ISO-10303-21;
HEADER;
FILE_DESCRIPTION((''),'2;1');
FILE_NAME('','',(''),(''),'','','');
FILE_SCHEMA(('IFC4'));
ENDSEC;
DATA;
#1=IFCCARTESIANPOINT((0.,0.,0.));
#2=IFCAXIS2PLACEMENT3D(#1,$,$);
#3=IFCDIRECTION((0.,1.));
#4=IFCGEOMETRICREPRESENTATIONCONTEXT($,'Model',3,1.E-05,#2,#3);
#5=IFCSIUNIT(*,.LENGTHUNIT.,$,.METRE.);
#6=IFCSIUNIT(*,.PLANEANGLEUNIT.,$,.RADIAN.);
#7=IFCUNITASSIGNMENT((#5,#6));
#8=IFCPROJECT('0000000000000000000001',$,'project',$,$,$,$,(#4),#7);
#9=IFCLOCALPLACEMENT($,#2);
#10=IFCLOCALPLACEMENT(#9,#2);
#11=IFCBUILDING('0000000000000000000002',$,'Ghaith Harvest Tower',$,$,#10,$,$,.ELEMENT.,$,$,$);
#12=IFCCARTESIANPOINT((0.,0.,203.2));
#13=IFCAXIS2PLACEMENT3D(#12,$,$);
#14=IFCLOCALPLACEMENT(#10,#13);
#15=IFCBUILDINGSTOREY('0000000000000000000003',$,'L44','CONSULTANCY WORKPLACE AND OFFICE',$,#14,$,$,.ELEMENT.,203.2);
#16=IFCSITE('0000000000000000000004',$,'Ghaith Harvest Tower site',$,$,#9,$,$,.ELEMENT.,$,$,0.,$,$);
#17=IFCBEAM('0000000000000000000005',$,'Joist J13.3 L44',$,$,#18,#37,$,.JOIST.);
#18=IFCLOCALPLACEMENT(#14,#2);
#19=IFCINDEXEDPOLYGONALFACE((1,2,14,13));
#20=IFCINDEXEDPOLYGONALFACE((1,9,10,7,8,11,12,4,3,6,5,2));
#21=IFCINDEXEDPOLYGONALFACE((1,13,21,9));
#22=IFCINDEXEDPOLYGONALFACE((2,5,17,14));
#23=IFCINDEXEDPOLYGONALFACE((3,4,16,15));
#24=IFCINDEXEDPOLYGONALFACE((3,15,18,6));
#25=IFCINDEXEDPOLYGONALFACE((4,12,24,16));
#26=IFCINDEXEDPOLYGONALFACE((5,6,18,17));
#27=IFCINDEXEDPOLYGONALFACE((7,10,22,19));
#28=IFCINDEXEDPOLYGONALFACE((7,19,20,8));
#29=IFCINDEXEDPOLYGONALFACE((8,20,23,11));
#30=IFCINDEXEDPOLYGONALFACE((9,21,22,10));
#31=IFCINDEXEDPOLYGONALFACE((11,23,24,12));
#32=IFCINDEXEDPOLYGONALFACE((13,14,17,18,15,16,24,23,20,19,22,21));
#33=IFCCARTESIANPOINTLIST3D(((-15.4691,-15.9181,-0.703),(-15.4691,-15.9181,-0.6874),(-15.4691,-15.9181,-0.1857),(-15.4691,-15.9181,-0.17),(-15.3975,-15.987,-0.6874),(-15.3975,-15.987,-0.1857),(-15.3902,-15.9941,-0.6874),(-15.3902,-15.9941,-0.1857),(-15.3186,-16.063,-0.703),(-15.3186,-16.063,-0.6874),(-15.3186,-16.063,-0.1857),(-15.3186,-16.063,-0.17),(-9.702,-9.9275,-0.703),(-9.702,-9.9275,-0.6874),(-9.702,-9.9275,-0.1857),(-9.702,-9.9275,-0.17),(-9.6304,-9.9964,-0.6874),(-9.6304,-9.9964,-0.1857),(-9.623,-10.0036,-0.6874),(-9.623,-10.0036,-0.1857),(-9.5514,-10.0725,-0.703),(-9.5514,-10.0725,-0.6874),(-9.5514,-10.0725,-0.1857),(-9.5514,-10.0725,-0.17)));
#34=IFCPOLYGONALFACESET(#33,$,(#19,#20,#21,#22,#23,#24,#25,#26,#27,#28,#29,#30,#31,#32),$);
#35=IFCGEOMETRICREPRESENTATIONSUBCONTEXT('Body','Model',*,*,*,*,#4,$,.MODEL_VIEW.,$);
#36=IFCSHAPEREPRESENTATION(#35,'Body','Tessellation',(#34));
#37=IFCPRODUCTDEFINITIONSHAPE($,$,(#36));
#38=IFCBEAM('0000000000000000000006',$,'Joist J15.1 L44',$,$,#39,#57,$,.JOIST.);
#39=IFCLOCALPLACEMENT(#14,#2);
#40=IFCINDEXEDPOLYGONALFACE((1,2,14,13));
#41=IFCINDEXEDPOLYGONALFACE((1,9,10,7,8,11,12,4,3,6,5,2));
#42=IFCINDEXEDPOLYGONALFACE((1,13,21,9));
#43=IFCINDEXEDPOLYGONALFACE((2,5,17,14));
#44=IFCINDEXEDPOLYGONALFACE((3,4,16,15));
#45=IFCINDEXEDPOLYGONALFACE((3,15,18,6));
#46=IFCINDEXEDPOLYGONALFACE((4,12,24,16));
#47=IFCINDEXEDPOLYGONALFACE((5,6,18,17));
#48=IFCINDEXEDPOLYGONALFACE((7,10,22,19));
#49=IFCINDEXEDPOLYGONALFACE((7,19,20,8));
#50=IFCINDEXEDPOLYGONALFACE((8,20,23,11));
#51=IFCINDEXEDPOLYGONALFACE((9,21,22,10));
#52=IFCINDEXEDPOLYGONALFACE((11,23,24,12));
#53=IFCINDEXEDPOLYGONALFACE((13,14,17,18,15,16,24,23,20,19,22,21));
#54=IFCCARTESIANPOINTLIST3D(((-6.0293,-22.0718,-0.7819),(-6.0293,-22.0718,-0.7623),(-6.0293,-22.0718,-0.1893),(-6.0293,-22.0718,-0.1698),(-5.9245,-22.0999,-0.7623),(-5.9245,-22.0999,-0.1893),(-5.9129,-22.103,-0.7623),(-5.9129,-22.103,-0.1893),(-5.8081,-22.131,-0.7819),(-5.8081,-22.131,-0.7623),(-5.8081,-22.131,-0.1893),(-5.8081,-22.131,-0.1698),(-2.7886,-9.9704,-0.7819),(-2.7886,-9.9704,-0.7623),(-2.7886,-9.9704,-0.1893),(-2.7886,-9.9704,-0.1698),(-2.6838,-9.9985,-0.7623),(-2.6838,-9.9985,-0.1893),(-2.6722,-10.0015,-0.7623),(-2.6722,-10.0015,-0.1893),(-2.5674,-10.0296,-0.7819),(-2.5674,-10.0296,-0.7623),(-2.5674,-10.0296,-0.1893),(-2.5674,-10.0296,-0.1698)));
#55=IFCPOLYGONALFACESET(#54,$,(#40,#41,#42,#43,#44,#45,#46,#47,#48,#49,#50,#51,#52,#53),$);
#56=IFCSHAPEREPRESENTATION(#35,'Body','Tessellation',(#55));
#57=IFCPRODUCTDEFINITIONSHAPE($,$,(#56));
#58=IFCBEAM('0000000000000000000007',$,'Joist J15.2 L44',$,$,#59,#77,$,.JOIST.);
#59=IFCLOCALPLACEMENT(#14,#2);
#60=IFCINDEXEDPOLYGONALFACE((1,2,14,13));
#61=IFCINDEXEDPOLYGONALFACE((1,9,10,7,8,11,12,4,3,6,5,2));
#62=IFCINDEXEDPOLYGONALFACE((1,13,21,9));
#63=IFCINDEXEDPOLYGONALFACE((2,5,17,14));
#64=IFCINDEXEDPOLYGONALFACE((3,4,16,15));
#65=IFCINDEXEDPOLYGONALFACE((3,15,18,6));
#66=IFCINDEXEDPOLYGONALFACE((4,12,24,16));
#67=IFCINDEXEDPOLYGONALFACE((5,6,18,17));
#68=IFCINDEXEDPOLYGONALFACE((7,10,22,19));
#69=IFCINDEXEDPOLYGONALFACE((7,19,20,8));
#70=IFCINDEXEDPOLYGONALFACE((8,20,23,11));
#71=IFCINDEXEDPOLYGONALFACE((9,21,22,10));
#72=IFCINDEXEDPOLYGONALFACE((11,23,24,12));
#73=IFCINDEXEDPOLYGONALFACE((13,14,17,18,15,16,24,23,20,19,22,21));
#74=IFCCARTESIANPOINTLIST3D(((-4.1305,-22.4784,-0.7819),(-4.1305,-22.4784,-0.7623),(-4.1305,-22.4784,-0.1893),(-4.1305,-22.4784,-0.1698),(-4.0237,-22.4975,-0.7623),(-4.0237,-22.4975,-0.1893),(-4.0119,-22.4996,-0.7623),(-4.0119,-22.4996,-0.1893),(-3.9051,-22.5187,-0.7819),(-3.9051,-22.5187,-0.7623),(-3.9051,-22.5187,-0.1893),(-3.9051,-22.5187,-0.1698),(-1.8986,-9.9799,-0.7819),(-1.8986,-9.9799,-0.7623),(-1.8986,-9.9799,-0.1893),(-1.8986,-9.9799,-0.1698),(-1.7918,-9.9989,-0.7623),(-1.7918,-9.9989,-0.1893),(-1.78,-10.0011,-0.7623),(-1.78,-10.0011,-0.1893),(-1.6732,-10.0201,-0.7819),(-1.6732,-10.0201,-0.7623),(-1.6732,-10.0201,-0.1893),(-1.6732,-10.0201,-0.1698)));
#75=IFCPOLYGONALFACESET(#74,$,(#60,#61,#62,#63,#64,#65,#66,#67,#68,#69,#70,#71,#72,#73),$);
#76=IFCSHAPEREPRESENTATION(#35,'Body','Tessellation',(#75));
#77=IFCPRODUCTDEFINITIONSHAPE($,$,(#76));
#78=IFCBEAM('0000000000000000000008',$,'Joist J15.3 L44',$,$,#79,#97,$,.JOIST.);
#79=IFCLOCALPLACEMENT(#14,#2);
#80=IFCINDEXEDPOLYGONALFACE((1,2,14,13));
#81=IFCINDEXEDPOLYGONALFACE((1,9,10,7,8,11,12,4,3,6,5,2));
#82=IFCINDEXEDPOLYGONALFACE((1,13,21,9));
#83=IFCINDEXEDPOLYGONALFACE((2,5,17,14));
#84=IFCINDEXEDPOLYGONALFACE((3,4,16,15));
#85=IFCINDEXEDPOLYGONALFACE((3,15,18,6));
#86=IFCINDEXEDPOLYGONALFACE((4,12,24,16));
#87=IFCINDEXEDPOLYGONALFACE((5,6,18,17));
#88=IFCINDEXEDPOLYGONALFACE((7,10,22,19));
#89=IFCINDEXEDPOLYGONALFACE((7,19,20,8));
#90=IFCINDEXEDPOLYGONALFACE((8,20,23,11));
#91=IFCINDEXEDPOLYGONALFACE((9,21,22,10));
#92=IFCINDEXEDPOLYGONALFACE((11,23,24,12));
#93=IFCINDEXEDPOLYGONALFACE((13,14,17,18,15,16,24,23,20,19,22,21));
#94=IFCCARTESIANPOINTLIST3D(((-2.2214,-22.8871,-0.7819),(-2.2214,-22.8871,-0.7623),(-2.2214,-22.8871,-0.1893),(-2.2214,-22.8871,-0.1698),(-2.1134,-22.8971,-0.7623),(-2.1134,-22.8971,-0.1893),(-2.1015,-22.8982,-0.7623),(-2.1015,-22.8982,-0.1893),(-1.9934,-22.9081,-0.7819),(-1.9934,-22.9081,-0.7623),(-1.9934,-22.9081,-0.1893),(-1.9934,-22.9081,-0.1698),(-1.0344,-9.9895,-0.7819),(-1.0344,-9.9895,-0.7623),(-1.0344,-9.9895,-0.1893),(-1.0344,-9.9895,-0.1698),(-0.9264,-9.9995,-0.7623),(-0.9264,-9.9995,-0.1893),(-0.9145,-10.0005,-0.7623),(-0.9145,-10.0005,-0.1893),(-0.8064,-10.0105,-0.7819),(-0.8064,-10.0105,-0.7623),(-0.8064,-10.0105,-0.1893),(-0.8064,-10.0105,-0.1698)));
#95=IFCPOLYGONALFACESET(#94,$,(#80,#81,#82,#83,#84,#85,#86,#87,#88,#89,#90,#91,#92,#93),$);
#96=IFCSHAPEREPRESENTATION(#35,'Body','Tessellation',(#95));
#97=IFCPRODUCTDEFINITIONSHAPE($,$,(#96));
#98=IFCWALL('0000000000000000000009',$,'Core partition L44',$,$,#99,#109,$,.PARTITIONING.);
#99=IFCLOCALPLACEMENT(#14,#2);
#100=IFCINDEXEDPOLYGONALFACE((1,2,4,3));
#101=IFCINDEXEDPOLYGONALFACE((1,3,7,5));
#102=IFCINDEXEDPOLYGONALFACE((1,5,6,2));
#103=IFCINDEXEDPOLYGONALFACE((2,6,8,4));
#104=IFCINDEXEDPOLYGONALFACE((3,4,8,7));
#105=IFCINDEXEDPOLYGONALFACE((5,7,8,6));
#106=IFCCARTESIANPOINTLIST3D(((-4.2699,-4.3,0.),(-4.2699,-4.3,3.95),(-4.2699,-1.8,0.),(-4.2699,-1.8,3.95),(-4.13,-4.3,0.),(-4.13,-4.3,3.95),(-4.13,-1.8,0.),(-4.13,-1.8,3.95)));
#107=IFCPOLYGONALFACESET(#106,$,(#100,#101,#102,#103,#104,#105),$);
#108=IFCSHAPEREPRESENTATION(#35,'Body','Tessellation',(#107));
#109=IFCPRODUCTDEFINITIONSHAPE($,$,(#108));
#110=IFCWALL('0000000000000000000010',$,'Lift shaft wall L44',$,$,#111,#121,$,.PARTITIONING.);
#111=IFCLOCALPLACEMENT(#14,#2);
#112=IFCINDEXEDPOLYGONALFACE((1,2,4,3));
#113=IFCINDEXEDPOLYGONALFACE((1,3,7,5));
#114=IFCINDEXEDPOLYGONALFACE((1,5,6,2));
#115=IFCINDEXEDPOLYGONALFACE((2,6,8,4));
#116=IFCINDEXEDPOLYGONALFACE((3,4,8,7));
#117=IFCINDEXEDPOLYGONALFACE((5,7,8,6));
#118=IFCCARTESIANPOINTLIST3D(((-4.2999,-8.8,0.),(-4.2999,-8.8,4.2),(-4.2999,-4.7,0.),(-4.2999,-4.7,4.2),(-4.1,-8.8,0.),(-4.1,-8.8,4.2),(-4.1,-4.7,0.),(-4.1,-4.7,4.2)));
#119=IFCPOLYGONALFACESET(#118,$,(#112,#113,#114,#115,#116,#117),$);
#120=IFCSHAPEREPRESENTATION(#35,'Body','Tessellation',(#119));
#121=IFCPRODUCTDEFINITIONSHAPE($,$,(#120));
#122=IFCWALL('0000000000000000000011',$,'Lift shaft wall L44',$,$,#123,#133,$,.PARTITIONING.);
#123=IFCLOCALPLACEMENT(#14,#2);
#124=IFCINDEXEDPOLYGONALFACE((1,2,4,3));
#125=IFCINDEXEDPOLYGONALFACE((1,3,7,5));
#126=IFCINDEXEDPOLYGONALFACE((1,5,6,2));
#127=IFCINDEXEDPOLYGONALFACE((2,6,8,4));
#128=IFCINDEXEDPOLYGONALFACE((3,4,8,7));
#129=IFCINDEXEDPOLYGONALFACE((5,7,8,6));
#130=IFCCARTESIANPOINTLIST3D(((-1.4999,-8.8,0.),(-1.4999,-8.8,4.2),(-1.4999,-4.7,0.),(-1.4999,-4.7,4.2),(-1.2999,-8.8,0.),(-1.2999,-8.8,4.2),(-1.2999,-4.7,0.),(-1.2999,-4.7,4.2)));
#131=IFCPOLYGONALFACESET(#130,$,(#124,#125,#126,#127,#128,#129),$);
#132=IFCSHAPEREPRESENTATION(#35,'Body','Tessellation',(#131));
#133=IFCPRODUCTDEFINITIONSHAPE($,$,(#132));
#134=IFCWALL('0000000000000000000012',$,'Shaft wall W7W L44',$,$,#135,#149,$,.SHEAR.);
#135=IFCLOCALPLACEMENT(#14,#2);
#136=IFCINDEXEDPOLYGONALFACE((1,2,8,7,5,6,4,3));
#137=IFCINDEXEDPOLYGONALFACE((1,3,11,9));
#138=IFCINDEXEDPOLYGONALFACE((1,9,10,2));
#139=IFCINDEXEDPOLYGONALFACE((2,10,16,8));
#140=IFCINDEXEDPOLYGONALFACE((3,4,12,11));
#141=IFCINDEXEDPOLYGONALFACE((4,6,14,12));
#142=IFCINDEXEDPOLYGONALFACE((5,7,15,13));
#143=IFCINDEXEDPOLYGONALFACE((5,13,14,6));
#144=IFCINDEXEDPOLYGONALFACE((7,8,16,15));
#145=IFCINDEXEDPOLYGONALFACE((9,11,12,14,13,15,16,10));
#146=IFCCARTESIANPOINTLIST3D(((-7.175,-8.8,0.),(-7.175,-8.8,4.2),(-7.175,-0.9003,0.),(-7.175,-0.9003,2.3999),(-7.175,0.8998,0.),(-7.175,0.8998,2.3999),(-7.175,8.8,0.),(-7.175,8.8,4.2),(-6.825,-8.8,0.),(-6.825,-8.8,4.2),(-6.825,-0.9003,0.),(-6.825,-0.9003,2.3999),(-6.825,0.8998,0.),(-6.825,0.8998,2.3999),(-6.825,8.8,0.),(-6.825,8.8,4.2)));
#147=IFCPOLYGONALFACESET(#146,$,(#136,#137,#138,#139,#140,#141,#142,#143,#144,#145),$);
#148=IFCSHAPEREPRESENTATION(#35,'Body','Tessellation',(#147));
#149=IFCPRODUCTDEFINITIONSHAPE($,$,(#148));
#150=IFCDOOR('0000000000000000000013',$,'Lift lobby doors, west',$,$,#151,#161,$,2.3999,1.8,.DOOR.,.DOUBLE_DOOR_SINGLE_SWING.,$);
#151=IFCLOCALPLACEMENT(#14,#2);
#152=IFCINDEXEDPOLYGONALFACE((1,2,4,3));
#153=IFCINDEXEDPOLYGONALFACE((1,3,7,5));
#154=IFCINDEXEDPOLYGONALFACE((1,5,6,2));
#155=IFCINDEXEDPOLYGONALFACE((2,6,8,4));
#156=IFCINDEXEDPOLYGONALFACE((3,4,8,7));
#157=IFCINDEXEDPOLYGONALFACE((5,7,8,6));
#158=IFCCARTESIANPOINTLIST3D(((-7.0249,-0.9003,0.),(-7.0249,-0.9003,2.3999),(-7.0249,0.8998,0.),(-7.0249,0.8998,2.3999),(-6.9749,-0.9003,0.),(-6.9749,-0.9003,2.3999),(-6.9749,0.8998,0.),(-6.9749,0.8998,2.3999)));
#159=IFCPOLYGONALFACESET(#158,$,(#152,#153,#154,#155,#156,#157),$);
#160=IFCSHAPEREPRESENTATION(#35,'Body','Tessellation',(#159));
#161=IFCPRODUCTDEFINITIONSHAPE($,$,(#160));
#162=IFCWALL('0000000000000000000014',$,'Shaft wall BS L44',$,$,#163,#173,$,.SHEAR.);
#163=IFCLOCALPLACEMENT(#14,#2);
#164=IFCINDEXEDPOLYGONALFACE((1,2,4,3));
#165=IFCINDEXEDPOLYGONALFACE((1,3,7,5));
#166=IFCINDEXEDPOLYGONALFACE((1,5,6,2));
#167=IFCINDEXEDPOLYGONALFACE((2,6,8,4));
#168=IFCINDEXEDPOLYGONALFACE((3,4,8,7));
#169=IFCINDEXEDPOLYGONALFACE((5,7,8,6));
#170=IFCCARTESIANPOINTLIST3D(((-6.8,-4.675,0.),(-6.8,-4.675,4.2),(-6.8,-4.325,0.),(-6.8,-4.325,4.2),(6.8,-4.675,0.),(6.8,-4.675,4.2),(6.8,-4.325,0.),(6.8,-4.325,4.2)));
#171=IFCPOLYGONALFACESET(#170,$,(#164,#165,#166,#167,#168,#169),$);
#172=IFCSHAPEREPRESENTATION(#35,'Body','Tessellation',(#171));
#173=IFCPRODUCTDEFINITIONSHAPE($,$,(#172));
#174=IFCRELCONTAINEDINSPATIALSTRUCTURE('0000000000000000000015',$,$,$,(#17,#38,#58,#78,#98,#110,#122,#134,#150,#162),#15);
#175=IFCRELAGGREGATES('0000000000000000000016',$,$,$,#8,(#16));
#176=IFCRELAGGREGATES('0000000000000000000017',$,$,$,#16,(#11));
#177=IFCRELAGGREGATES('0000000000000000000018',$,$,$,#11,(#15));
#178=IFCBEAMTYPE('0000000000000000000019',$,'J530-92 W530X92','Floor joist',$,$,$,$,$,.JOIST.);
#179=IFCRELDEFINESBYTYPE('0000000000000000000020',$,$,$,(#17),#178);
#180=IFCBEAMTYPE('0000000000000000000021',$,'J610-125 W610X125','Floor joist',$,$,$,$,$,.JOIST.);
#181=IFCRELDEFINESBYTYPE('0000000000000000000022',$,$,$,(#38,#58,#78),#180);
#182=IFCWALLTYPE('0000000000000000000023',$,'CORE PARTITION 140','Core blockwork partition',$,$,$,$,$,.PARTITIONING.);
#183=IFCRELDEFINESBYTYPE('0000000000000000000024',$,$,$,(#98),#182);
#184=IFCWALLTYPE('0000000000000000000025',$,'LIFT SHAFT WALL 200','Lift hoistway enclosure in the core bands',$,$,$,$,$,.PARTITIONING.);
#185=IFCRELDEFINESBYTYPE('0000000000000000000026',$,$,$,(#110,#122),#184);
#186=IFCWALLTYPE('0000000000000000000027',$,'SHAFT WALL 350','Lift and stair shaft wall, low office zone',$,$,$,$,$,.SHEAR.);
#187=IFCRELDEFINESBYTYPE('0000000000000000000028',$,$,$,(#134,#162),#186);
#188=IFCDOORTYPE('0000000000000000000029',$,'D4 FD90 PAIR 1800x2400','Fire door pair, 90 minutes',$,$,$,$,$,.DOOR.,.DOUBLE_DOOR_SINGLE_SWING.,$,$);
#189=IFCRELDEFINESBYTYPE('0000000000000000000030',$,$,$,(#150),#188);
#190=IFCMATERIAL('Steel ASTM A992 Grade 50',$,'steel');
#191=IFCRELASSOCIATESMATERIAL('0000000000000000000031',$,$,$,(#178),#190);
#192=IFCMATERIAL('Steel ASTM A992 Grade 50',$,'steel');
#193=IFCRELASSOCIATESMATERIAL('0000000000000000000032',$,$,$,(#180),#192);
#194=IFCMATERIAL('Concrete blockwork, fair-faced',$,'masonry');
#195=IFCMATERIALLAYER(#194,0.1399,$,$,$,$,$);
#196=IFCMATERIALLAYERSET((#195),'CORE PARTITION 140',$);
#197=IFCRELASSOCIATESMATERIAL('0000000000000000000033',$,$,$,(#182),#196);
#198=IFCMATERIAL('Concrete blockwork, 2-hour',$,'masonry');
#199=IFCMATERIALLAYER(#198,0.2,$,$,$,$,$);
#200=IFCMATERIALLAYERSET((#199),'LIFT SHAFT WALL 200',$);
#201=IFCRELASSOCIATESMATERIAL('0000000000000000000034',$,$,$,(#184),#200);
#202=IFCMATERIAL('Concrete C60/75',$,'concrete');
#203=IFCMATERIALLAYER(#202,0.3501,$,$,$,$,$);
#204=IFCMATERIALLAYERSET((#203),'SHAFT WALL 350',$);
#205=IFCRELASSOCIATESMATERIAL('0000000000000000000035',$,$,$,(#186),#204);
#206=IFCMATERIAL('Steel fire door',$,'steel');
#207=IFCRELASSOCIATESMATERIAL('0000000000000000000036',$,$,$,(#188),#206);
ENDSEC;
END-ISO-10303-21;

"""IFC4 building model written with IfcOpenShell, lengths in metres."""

from ifc_helpers import new_model, si_unit, direction, frame, frame_2d, origin, origin_2d, place, context, subcontext, project, spatial, rectangle, i_section, extrude, material, layer, layer_set, material_profile, profile_set, type_object, element, fill, save


model = new_model("IFC4")

# Units and contexts
model_context = context("Model", 3, precision=1e-05, world=origin(), true_north=direction((0.0, 1.0)))
body_context = subcontext(model_context, "Body", "Model", "MODEL_VIEW")
ifc_project = project(units=[si_unit("LENGTHUNIT", "METRE"), si_unit("PLANEANGLEUNIT", "RADIAN")], contexts=[model_context])

# Site, building, storey
site_placement = place(None, origin())
site = spatial("IfcSite", under=ifc_project, at=site_placement, Name="Ghaith Harvest Tower site", CompositionType="ELEMENT", RefElevation=0.0)
building_placement = place(site_placement, origin())
building = spatial("IfcBuilding", under=site, at=building_placement, Name="Ghaith Harvest Tower", CompositionType="ELEMENT")
storey_placement = place(building_placement, frame((0.0, 0.0, 203.2)))
storey = spatial("IfcBuildingStorey", under=building, at=storey_placement, Name="L44", Description="CONSULTANCY WORKPLACE AND OFFICE", CompositionType="ELEMENT", Elevation=203.2)

# Beams
ifc_material_1 = material(Name="Steel ASTM A992 Grade 50", Category="steel")
ifc_material_profile_1 = material_profile(ifc_material_1, i_section(OverallWidth=0.209, OverallDepth=0.533, WebThickness=0.0103, FlangeThickness=0.0156, at=origin_2d()), Name="W530X92")
ifc_profile_set_1 = profile_set([ifc_material_profile_1], Name="Steel ASTM A992 Grade 50")
beam_type_1 = type_object("IfcBeamType", Name="J530-92 W530X92", Description="Floor joist", PredefinedType="JOIST", material=ifc_profile_set_1)
beam_1_placement = place(storey_placement, frame((-9.6267, -10.0, -0.4365), z_axis=(-0.693547, -0.720411, 0.0), x_axis=(0.720411, -0.693547, 0.0)))
element("IfcBeam", 1, at=beam_1_placement, inside=storey, type_object=beam_type_1, Name="Joist J13.3 L44", PredefinedType="JOIST", context=body_context, shape_type="SweptSolid", body=[
    extrude(i_section(OverallWidth=0.209, OverallDepth=0.533, WebThickness=0.0103, FlangeThickness=0.0156, at=origin_2d()), origin(), (0.0, 0.0, 1.0), 8.3154),
])
ifc_material_2 = material(Name="Steel ASTM A992 Grade 50", Category="steel")
ifc_material_profile_2 = material_profile(ifc_material_2, i_section(OverallWidth=0.229, OverallDepth=0.6121, WebThickness=0.012, FlangeThickness=0.0195, at=origin_2d()), Name="W610X125")
ifc_profile_set_2 = profile_set([ifc_material_profile_2], Name="Steel ASTM A992 Grade 50")
beam_type_2 = type_object("IfcBeamType", Name="J610-125 W610X125", Description="Floor joist", PredefinedType="JOIST", material=ifc_profile_set_2)
beam_2_placement = place(storey_placement, frame((-2.678, -10.0, -0.4758), z_axis=(-0.258684, -0.965962, 0.0), x_axis=(0.965962, -0.258684, 0.0)))
element("IfcBeam", 2, at=beam_2_placement, inside=storey, type_object=beam_type_2, Name="Joist J15.1 L44", PredefinedType="JOIST", context=body_context, shape_type="SweptSolid", body=[
    extrude(i_section(OverallWidth=0.229, OverallDepth=0.6121, WebThickness=0.012, FlangeThickness=0.0195, at=origin_2d()), origin(), (0.0, 0.0, 1.0), 12.5278),
])
beam_3_placement = place(storey_placement, frame((-1.7859, -10.0, -0.4758), z_axis=(-0.175795, -0.984427, 0.0), x_axis=(0.984427, -0.175795, 0.0)))
element("IfcBeam", 3, at=beam_3_placement, inside=storey, type_object=beam_type_2, Name="Joist J15.2 L44", PredefinedType="JOIST", context=body_context, shape_type="SweptSolid", body=[
    extrude(i_section(OverallWidth=0.229, OverallDepth=0.6121, WebThickness=0.012, FlangeThickness=0.0195, at=origin_2d()), origin(), (0.0, 0.0, 1.0), 12.6963),
])
beam_4_placement = place(storey_placement, frame((-0.9204, -10.0, -0.4758), z_axis=(-0.091645, -0.995792, 0.0), x_axis=(0.995792, -0.091645, 0.0)))
element("IfcBeam", 4, at=beam_4_placement, inside=storey, type_object=beam_type_2, Name="Joist J15.3 L44", PredefinedType="JOIST", context=body_context, shape_type="SweptSolid", body=[
    extrude(i_section(OverallWidth=0.229, OverallDepth=0.6121, WebThickness=0.012, FlangeThickness=0.0195, at=origin_2d()), origin(), (0.0, 0.0, 1.0), 12.9521),
])

# Walls
ifc_material_3 = material(Name="Concrete blockwork, fair-faced", Category="masonry")
ifc_layer_1 = layer(ifc_material_3, 0.1399)
ifc_layer_set_1 = layer_set([ifc_layer_1], Name="CORE PARTITION 140")
wall_type_1 = type_object("IfcWallType", Name="CORE PARTITION 140", Description="Core blockwork partition", PredefinedType="PARTITIONING", material=ifc_layer_set_1)
wall_1_placement = place(storey_placement, frame((-4.2, -1.8, 0.0), z_axis=(0.0, 0.0, 1.0), x_axis=(0.0, -1.0, 0.0)))
element("IfcWall", 5, at=wall_1_placement, inside=storey, type_object=wall_type_1, Name="Core partition L44", PredefinedType="PARTITIONING", context=body_context, shape_type="SweptSolid", body=[
    extrude(rectangle(XDim=2.5, YDim=0.1399, at=frame_2d((1.25, 0.0))), origin(), (0.0, 0.0, 1.0), 3.95),
])
ifc_material_4 = material(Name="Concrete blockwork, 2-hour", Category="masonry")
ifc_layer_2 = layer(ifc_material_4, 0.2)
ifc_layer_set_2 = layer_set([ifc_layer_2], Name="LIFT SHAFT WALL 200")
wall_type_2 = type_object("IfcWallType", Name="LIFT SHAFT WALL 200", Description="Lift hoistway enclosure in the core bands", PredefinedType="PARTITIONING", material=ifc_layer_set_2)
for number, where, z_axis, x_axis, name in (
    (6, (-4.2, -4.7, 0.0), (0.0, 0.0, 1.0), (0.0, -1.0, 0.0), "Lift shaft wall L44"),
    (7, (-1.3999, -4.7, 0.0), (0.0, 0.0, 1.0), (0.0, -1.0, 0.0), "Lift shaft wall L44"),
):
    element("IfcWall", number, at=place(storey_placement, frame(where, z_axis=z_axis, x_axis=x_axis)), inside=storey, type_object=wall_type_2, Name=name, PredefinedType="PARTITIONING", context=body_context, shape_type="SweptSolid", body=[
        extrude(rectangle(XDim=4.1001, YDim=0.2, at=frame_2d((2.05, 0.0))), origin(), (0.0, 0.0, 1.0), 4.2),
    ])

# Wall, opening, door
ifc_material_5 = material(Name="Concrete C60/75", Category="concrete")
ifc_layer_3 = layer(ifc_material_5, 0.3501)
ifc_layer_set_3 = layer_set([ifc_layer_3], Name="SHAFT WALL 350")
wall_type_3 = type_object("IfcWallType", Name="SHAFT WALL 350", Description="Lift and stair shaft wall, low office zone", PredefinedType="SHEAR", material=ifc_layer_set_3)
wall_2_placement = place(storey_placement, frame((-7.0, -8.8, 0.0), z_axis=(0.0, 0.0, 1.0), x_axis=(0.0, 1.0, 0.0)))
wall_2 = element("IfcWall", 8, at=wall_2_placement, inside=storey, type_object=wall_type_3, Name="Shaft wall W7W L44", PredefinedType="SHEAR", context=body_context, shape_type="SweptSolid", body=[
    extrude(rectangle(XDim=17.6001, YDim=0.3501, at=frame_2d((8.8, 0.0))), origin(), (0.0, 0.0, 1.0), 4.2),
])
opening_1_placement = place(wall_2_placement, frame((7.8999, 0.0, 0.0)))
opening_1 = element("IfcOpeningElement", 9, at=opening_1_placement, cuts=wall_2, PredefinedType="OPENING", context=body_context, shape_type="SweptSolid", body=[
    extrude(rectangle(XDim=1.8, YDim=2.3999, at=frame_2d((0.8999, 1.2))), frame((0.0, 0.1851, 0.0), z_axis=(0.0, -1.0, 0.0), x_axis=(1.0, 0.0, 0.0)), (0.0, 0.0, 1.0), 0.3701),
])
ifc_material_6 = material(Name="Steel fire door", Category="steel")
door_type_1 = type_object("IfcDoorType", Name="D4 FD90 PAIR 1800x2400", Description="Fire door pair, 90 minutes", OperationType="DOUBLE_DOOR_SINGLE_SWING", PredefinedType="DOOR", material=ifc_material_6)
door_1_placement = place(opening_1_placement, origin())
door_1 = element("IfcDoor", 10, at=door_1_placement, inside=storey, type_object=door_type_1, Name="Lift lobby doors, west", OperationType="DOUBLE_DOOR_SINGLE_SWING", OverallHeight=2.3999, OverallWidth=1.8, PredefinedType="DOOR", context=body_context, shape_type="SweptSolid", body=[
    extrude(rectangle(XDim=1.8, YDim=2.3999, at=frame_2d((0.8999, 1.2))), frame((0.0, 0.0249, 0.0), z_axis=(0.0, -1.0, 0.0), x_axis=(1.0, 0.0, 0.0)), (0.0, 0.0, 1.0), 0.05),
])
fill(opening_1, door_1)

# Wall
wall_3_placement = place(storey_placement, frame((-6.8, -4.5, 0.0), z_axis=(0.0, 0.0, 1.0), x_axis=(1.0, 0.0, 0.0)))
element("IfcWall", 11, at=wall_3_placement, inside=storey, type_object=wall_type_3, Name="Shaft wall BS L44", PredefinedType="SHEAR", context=body_context, shape_type="SweptSolid", body=[
    extrude(rectangle(XDim=13.6001, YDim=0.3501, at=frame_2d((6.8, 0.0))), origin(), (0.0, 0.0, 1.0), 4.2),
])

save(model, "model.ifc")
